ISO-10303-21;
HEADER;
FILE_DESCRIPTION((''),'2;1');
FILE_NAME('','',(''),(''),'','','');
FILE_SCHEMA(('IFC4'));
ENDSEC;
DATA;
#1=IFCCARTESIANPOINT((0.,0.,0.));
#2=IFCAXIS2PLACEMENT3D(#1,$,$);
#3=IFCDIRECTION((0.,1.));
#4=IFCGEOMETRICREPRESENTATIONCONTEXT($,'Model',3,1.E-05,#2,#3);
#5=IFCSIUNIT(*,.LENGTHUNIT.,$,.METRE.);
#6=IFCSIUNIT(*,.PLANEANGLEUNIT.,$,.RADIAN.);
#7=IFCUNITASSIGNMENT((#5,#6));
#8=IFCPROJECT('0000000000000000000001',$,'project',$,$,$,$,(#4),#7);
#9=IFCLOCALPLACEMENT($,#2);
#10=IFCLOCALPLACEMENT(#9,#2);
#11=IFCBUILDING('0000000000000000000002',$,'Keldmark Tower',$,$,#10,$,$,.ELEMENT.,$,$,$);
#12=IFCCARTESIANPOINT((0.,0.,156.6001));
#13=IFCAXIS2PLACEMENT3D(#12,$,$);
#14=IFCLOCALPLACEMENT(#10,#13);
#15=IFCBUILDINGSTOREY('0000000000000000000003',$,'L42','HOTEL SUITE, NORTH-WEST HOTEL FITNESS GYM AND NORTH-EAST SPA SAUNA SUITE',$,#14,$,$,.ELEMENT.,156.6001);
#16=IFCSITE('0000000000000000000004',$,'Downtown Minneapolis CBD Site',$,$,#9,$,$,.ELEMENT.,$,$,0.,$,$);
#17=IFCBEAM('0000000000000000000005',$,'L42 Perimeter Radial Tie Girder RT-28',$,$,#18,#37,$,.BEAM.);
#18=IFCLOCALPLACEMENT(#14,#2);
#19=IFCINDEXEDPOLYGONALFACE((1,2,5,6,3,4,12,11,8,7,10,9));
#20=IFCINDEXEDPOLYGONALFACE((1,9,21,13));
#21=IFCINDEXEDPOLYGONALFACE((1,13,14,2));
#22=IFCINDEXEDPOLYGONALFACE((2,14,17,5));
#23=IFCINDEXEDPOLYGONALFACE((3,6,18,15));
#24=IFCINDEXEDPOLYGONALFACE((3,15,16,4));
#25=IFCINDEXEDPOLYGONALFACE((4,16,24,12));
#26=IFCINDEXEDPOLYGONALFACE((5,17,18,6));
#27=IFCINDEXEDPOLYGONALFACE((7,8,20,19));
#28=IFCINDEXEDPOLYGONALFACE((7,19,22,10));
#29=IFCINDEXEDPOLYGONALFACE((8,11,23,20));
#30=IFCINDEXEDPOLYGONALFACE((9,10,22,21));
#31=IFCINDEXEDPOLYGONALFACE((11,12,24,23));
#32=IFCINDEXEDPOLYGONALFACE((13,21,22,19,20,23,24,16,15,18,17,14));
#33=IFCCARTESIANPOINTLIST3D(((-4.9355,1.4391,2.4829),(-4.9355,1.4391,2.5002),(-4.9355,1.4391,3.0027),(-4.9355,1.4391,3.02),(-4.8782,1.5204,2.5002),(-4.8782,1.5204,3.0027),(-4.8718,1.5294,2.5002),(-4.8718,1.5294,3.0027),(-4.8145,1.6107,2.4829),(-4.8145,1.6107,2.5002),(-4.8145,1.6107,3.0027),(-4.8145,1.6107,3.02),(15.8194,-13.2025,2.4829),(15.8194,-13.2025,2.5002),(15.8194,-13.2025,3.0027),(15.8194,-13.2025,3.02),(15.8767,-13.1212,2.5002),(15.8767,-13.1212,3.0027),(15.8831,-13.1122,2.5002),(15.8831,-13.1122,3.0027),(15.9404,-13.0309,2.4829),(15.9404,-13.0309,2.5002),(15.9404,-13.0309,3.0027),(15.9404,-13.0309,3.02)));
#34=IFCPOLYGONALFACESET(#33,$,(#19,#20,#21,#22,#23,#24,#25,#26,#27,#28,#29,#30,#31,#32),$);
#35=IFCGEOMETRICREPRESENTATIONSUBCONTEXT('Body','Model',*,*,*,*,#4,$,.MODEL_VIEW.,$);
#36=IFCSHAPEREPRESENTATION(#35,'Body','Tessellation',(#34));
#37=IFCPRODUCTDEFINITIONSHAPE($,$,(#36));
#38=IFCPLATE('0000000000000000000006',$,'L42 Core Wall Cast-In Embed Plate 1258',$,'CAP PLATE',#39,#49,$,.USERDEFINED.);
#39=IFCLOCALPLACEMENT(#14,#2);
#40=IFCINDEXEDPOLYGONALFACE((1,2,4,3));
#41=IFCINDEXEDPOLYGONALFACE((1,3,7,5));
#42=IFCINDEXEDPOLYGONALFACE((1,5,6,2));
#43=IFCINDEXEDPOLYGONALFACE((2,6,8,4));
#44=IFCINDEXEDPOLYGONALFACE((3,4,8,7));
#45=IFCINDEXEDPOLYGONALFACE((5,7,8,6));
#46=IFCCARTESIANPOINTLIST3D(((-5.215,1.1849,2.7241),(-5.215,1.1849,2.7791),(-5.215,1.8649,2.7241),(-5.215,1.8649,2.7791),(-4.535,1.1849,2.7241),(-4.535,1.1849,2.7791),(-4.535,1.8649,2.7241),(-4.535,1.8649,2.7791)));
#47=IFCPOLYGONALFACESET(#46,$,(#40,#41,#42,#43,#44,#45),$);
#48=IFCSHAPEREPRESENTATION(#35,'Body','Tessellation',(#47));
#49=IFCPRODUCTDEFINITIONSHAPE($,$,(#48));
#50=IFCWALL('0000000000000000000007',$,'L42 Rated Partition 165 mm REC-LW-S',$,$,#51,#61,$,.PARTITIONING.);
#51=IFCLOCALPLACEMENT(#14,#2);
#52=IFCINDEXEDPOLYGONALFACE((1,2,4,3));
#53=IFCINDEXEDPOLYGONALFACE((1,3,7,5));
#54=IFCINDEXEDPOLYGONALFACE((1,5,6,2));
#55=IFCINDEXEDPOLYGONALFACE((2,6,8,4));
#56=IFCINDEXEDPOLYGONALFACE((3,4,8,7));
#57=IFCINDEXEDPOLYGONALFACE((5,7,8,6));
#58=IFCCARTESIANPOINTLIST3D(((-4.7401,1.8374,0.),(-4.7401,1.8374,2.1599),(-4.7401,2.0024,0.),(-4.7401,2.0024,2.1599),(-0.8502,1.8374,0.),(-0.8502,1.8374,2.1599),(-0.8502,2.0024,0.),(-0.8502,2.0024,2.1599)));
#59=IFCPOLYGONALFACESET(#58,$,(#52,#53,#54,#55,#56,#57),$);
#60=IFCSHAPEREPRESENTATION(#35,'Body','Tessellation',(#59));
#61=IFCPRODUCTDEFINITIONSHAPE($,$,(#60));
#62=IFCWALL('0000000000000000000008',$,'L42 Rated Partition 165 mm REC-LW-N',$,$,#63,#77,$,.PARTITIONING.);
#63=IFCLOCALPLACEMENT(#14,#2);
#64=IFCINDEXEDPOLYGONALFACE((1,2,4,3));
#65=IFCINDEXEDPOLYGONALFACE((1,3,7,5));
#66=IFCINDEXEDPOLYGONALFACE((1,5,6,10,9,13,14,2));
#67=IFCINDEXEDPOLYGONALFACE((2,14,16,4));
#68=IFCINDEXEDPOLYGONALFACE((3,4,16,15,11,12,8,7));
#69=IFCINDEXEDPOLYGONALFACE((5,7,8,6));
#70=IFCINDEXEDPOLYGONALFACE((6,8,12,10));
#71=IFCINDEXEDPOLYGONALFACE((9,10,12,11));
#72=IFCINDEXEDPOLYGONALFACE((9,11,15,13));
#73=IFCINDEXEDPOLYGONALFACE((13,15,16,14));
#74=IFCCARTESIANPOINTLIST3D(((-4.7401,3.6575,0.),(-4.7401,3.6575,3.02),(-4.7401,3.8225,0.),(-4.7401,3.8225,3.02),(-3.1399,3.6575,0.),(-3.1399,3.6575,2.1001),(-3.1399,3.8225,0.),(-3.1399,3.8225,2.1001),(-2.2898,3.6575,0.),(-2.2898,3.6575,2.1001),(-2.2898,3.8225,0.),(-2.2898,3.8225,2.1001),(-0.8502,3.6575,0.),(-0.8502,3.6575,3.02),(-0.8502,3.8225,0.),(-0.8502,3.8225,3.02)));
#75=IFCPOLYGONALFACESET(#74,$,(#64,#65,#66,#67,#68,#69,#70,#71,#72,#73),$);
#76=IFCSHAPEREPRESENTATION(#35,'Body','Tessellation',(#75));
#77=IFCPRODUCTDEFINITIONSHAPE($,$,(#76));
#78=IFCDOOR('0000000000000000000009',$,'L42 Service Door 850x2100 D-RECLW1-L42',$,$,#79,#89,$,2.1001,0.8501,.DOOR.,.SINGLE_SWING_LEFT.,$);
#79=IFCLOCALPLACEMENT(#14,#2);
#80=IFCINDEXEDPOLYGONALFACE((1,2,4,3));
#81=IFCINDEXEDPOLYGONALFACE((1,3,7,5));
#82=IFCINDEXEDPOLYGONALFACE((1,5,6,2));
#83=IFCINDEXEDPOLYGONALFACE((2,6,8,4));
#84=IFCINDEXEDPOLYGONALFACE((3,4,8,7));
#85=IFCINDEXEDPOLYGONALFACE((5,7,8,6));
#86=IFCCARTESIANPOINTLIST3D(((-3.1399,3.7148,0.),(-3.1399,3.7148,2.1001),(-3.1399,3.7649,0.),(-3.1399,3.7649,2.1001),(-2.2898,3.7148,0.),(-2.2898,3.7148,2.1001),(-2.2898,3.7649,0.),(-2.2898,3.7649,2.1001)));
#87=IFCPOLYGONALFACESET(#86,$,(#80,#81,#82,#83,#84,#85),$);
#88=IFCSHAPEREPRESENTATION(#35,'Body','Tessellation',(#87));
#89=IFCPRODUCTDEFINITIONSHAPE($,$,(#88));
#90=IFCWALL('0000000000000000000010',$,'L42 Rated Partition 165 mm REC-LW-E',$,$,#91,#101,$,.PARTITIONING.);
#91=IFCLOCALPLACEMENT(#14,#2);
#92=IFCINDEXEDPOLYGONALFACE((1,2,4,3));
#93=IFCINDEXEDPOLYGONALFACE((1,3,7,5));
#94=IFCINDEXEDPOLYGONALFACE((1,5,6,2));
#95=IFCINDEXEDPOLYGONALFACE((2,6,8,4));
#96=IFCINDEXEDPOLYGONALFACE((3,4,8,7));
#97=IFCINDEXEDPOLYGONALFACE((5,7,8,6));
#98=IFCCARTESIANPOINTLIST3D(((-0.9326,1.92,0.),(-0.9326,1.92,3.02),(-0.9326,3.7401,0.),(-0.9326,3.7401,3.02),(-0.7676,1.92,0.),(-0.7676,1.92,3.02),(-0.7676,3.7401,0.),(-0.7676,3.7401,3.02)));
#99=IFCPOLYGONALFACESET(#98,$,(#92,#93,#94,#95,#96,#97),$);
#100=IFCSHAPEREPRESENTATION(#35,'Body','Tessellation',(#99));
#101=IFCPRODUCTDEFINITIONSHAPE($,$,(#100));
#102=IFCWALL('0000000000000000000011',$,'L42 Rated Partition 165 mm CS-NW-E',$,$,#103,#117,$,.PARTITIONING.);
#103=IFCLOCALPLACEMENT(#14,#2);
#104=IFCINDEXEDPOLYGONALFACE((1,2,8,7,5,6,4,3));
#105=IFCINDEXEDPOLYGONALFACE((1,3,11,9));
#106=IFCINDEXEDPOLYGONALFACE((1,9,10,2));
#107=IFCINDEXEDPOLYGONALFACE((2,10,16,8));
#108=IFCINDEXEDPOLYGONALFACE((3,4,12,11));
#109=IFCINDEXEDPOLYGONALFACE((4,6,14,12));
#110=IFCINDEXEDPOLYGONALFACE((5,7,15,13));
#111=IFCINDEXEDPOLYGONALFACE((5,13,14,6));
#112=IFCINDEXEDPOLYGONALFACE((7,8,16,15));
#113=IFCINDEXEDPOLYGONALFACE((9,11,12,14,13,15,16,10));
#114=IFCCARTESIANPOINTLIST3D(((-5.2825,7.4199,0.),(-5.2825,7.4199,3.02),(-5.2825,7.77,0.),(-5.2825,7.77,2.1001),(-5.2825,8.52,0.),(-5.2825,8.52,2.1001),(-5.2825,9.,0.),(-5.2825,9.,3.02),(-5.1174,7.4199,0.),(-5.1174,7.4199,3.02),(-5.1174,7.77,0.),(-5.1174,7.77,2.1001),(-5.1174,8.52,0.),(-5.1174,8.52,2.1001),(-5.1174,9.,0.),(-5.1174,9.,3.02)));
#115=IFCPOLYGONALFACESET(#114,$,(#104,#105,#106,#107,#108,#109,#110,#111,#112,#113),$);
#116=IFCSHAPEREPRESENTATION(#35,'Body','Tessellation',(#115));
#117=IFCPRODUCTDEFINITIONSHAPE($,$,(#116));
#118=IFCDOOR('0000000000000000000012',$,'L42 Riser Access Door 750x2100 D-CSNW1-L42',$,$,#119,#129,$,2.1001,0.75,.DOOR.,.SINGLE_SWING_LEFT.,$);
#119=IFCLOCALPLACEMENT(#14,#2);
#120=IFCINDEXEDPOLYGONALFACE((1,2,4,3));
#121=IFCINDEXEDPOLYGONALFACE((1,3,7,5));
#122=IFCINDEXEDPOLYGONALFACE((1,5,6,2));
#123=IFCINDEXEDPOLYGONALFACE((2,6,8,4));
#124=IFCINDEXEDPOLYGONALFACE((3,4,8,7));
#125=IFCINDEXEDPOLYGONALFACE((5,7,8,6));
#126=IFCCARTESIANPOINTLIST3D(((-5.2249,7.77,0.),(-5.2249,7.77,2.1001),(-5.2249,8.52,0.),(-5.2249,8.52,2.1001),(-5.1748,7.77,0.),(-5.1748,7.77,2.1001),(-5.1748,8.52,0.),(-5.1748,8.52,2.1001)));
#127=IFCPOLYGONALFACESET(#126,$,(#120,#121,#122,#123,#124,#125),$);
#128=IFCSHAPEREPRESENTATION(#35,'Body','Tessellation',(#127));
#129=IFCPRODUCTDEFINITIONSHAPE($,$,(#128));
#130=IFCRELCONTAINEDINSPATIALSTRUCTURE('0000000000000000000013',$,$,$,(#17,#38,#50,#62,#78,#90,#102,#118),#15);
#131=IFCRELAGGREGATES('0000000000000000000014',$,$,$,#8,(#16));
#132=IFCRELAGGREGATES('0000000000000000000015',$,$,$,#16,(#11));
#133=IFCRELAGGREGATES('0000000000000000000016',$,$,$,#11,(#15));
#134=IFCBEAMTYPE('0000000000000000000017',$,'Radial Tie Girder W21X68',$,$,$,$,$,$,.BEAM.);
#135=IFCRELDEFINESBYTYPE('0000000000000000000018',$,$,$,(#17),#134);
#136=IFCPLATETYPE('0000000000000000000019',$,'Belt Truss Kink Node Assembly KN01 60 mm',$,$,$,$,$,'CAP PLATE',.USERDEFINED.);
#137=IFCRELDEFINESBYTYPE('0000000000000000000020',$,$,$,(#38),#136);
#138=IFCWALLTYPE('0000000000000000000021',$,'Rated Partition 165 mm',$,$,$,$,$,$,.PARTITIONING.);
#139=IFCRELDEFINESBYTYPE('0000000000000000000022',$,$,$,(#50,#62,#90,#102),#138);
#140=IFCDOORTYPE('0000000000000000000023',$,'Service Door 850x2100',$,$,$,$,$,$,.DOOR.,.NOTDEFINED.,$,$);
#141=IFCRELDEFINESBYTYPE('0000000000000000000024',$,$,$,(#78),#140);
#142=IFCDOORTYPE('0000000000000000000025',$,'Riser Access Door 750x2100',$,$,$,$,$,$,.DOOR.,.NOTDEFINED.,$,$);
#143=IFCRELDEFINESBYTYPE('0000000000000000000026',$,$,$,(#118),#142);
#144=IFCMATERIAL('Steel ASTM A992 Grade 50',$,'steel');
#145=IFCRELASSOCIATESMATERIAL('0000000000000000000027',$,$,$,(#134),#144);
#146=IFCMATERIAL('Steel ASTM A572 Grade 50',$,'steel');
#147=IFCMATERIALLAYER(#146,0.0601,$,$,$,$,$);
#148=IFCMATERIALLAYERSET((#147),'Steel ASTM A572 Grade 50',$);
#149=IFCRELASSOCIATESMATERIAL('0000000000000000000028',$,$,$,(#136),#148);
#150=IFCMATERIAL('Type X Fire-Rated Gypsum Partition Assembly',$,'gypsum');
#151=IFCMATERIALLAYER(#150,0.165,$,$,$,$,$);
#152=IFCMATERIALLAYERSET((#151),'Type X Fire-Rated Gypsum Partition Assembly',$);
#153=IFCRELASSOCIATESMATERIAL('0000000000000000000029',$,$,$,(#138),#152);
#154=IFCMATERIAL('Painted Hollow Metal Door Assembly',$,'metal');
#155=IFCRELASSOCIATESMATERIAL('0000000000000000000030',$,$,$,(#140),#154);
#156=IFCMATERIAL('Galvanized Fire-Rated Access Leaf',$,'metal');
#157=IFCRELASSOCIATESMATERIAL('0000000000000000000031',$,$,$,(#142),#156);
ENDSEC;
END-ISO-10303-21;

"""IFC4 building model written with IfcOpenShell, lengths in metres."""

from ifc_helpers import new_model, si_unit, direction, frame, frame_2d, origin, origin_2d, place, context, subcontext, project, spatial, rectangle, i_section, extrude, material, layer, layer_set, material_profile, profile_set, type_object, element, fill, save


model = new_model("IFC4")

# Units and contexts
model_context = context("Model", 3, precision=1e-05, world=origin(), true_north=direction((0.0, 1.0)))
body_context = subcontext(model_context, "Body", "Model", "MODEL_VIEW")
ifc_project = project(units=[si_unit("LENGTHUNIT", "METRE"), si_unit("PLANEANGLEUNIT", "RADIAN")], contexts=[model_context])

# Site, building, storey
site_placement = place(None, origin())
site = spatial("IfcSite", under=ifc_project, at=site_placement, Name="Downtown Minneapolis CBD Site", CompositionType="ELEMENT", RefElevation=0.0)
building_placement = place(site_placement, origin())
building = spatial("IfcBuilding", under=site, at=building_placement, Name="Keldmark Tower", CompositionType="ELEMENT")
storey_placement = place(building_placement, frame((0.0, 0.0, 156.6001)))
storey = spatial("IfcBuildingStorey", under=building, at=storey_placement, Name="L42", Description="HOTEL SUITE, NORTH-WEST HOTEL FITNESS GYM AND NORTH-EAST SPA SAUNA SUITE", CompositionType="ELEMENT", Elevation=156.6001)

# Beam
ifc_material_1 = material(Name="Steel ASTM A992 Grade 50", Category="steel")
ifc_material_profile = material_profile(ifc_material_1, i_section(OverallWidth=0.21, OverallDepth=0.5371, WebThickness=0.011, FlangeThickness=0.0173, at=origin_2d()), Name="W21X68")
ifc_profile_set = profile_set([ifc_material_profile], Name="Steel ASTM A992 Grade 50")
beam_type = type_object("IfcBeamType", Name="Radial Tie Girder W21X68", PredefinedType="BEAM", material=ifc_profile_set)
beam_placement = place(storey_placement, frame((-4.875, 1.5249, 2.7515), z_axis=(0.817133, -0.576449, 0.0), x_axis=(0.576449, 0.817133, 0.0)))
element("IfcBeam", 1, at=beam_placement, inside=storey, type_object=beam_type, Name="L42 Perimeter Radial Tie Girder RT-28", PredefinedType="BEAM", context=body_context, shape_type="SweptSolid", body=[
    extrude(i_section(OverallWidth=0.21, OverallDepth=0.5371, WebThickness=0.011, FlangeThickness=0.0173, at=origin_2d()), origin(), (0.0, 0.0, 1.0), 25.3997),
])

# Plate
ifc_material_2 = material(Name="Steel ASTM A572 Grade 50", Category="steel")
ifc_layer_1 = layer(ifc_material_2, 0.0601)
ifc_layer_set_1 = layer_set([ifc_layer_1], Name="Steel ASTM A572 Grade 50")
plate_type = type_object("IfcPlateType", Name="Belt Truss Kink Node Assembly KN01 60 mm", ElementType="CAP PLATE", PredefinedType="USERDEFINED", material=ifc_layer_set_1)
plate_placement = place(storey_placement, frame((-4.875, 1.5249, 2.7241), z_axis=(0.0, 0.0, 1.0), x_axis=(1.0, 0.0, 0.0)))
element("IfcPlate", 2, at=plate_placement, inside=storey, type_object=plate_type, Name="L42 Core Wall Cast-In Embed Plate 1258", ObjectType="CAP PLATE", PredefinedType="USERDEFINED", context=body_context, shape_type="SweptSolid", body=[
    extrude(rectangle(XDim=0.6799, YDim=0.6799, at=origin_2d()), origin(), (0.0, 0.0, 1.0), 0.0549),
])

# Wall
ifc_material_3 = material(Name="Type X Fire-Rated Gypsum Partition Assembly", Category="gypsum")
ifc_layer_2 = layer(ifc_material_3, 0.165)
ifc_layer_set_2 = layer_set([ifc_layer_2], Name="Type X Fire-Rated Gypsum Partition Assembly")
wall_type_1 = type_object("IfcWallType", Name="Rated Partition 165 mm", PredefinedType="PARTITIONING", material=ifc_layer_set_2)
wall_1_placement = place(storey_placement, frame((-4.74, 1.9199, 0.0), z_axis=(0.0, 0.0, 1.0), x_axis=(1.0, 0.0, 0.0)))
element("IfcWall", 3, at=wall_1_placement, inside=storey, type_object=wall_type_1, Name="L42 Rated Partition 165 mm REC-LW-S", PredefinedType="PARTITIONING", context=body_context, shape_type="SweptSolid", body=[
    extrude(rectangle(XDim=3.8899, YDim=0.165, at=frame_2d((1.9448, 0.0))), origin(), (0.0, 0.0, 1.0), 2.1599),
])

# Wall, opening, door
wall_2_placement = place(storey_placement, frame((-4.74, 3.74, 0.0), z_axis=(0.0, 0.0, 1.0), x_axis=(1.0, 0.0, 0.0)))
wall_2 = element("IfcWall", 4, at=wall_2_placement, inside=storey, type_object=wall_type_1, Name="L42 Rated Partition 165 mm REC-LW-N", PredefinedType="PARTITIONING", context=body_context, shape_type="SweptSolid", body=[
    extrude(rectangle(XDim=3.8899, YDim=0.165, at=frame_2d((1.9448, 0.0))), origin(), (0.0, 0.0, 1.0), 3.02),
])
opening_1_placement = place(wall_2_placement, frame((1.6001, 0.0, 0.0)))
opening_1 = element("IfcOpeningElement", 5, at=opening_1_placement, cuts=wall_2, PredefinedType="OPENING", context=body_context, shape_type="SweptSolid", body=[
    extrude(rectangle(XDim=0.8501, YDim=2.1001, at=frame_2d((0.425, 1.05))), frame((0.0, 0.0925, 0.0), z_axis=(0.0, -1.0, 0.0), x_axis=(1.0, 0.0, 0.0)), (0.0, 0.0, 1.0), 0.1851),
])
ifc_material_4 = material(Name="Painted Hollow Metal Door Assembly", Category="metal")
door_type_1 = type_object("IfcDoorType", Name="Service Door 850x2100", OperationType="NOTDEFINED", PredefinedType="DOOR", material=ifc_material_4)
door_1_placement = place(opening_1_placement, origin())
door_1 = element("IfcDoor", 6, at=door_1_placement, inside=storey, type_object=door_type_1, Name="L42 Service Door 850x2100 D-RECLW1-L42", OperationType="SINGLE_SWING_LEFT", OverallHeight=2.1001, OverallWidth=0.8501, PredefinedType="DOOR", context=body_context, shape_type="SweptSolid", body=[
    extrude(rectangle(XDim=0.8501, YDim=2.1001, at=frame_2d((0.425, 1.05))), frame((0.0, 0.0249, 0.0), z_axis=(0.0, -1.0, 0.0), x_axis=(1.0, 0.0, 0.0)), (0.0, 0.0, 1.0), 0.05),
])
fill(opening_1, door_1)

# Wall
wall_3_placement = place(storey_placement, frame((-0.8501, 1.9199, 0.0), z_axis=(0.0, 0.0, 1.0), x_axis=(0.0, 1.0, 0.0)))
element("IfcWall", 7, at=wall_3_placement, inside=storey, type_object=wall_type_1, Name="L42 Rated Partition 165 mm REC-LW-E", PredefinedType="PARTITIONING", context=body_context, shape_type="SweptSolid", body=[
    extrude(rectangle(XDim=1.8201, YDim=0.165, at=frame_2d((0.9102, 0.0))), origin(), (0.0, 0.0, 1.0), 3.02),
])

# Wall, opening, door
wall_4_placement = place(storey_placement, frame((-5.2, 7.4199, 0.0), z_axis=(0.0, 0.0, 1.0), x_axis=(0.0, 1.0, 0.0)))
wall_4 = element("IfcWall", 8, at=wall_4_placement, inside=storey, type_object=wall_type_1, Name="L42 Rated Partition 165 mm CS-NW-E", PredefinedType="PARTITIONING", context=body_context, shape_type="SweptSolid", body=[
    extrude(rectangle(XDim=1.5801, YDim=0.165, at=frame_2d((0.79, 0.0))), origin(), (0.0, 0.0, 1.0), 3.02),
])
opening_2_placement = place(wall_4_placement, frame((0.3501, 0.0, 0.0)))
opening_2 = element("IfcOpeningElement", 9, at=opening_2_placement, cuts=wall_4, PredefinedType="OPENING", context=body_context, shape_type="SweptSolid", body=[
    extrude(rectangle(XDim=0.75, YDim=2.1001, at=frame_2d((0.375, 1.05))), frame((0.0, 0.0925, 0.0), z_axis=(0.0, -1.0, 0.0), x_axis=(1.0, 0.0, 0.0)), (0.0, 0.0, 1.0), 0.1851),
])
ifc_material_5 = material(Name="Galvanized Fire-Rated Access Leaf", Category="metal")
door_type_2 = type_object("IfcDoorType", Name="Riser Access Door 750x2100", OperationType="NOTDEFINED", PredefinedType="DOOR", material=ifc_material_5)
door_2_placement = place(opening_2_placement, origin())
door_2 = element("IfcDoor", 10, at=door_2_placement, inside=storey, type_object=door_type_2, Name="L42 Riser Access Door 750x2100 D-CSNW1-L42", OperationType="SINGLE_SWING_LEFT", OverallHeight=2.1001, OverallWidth=0.75, PredefinedType="DOOR", context=body_context, shape_type="SweptSolid", body=[
    extrude(rectangle(XDim=0.75, YDim=2.1001, at=frame_2d((0.375, 1.05))), frame((0.0, 0.0249, 0.0), z_axis=(0.0, -1.0, 0.0), x_axis=(1.0, 0.0, 0.0)), (0.0, 0.0, 1.0), 0.05),
])
fill(opening_2, door_2)

save(model, "model.ifc")
